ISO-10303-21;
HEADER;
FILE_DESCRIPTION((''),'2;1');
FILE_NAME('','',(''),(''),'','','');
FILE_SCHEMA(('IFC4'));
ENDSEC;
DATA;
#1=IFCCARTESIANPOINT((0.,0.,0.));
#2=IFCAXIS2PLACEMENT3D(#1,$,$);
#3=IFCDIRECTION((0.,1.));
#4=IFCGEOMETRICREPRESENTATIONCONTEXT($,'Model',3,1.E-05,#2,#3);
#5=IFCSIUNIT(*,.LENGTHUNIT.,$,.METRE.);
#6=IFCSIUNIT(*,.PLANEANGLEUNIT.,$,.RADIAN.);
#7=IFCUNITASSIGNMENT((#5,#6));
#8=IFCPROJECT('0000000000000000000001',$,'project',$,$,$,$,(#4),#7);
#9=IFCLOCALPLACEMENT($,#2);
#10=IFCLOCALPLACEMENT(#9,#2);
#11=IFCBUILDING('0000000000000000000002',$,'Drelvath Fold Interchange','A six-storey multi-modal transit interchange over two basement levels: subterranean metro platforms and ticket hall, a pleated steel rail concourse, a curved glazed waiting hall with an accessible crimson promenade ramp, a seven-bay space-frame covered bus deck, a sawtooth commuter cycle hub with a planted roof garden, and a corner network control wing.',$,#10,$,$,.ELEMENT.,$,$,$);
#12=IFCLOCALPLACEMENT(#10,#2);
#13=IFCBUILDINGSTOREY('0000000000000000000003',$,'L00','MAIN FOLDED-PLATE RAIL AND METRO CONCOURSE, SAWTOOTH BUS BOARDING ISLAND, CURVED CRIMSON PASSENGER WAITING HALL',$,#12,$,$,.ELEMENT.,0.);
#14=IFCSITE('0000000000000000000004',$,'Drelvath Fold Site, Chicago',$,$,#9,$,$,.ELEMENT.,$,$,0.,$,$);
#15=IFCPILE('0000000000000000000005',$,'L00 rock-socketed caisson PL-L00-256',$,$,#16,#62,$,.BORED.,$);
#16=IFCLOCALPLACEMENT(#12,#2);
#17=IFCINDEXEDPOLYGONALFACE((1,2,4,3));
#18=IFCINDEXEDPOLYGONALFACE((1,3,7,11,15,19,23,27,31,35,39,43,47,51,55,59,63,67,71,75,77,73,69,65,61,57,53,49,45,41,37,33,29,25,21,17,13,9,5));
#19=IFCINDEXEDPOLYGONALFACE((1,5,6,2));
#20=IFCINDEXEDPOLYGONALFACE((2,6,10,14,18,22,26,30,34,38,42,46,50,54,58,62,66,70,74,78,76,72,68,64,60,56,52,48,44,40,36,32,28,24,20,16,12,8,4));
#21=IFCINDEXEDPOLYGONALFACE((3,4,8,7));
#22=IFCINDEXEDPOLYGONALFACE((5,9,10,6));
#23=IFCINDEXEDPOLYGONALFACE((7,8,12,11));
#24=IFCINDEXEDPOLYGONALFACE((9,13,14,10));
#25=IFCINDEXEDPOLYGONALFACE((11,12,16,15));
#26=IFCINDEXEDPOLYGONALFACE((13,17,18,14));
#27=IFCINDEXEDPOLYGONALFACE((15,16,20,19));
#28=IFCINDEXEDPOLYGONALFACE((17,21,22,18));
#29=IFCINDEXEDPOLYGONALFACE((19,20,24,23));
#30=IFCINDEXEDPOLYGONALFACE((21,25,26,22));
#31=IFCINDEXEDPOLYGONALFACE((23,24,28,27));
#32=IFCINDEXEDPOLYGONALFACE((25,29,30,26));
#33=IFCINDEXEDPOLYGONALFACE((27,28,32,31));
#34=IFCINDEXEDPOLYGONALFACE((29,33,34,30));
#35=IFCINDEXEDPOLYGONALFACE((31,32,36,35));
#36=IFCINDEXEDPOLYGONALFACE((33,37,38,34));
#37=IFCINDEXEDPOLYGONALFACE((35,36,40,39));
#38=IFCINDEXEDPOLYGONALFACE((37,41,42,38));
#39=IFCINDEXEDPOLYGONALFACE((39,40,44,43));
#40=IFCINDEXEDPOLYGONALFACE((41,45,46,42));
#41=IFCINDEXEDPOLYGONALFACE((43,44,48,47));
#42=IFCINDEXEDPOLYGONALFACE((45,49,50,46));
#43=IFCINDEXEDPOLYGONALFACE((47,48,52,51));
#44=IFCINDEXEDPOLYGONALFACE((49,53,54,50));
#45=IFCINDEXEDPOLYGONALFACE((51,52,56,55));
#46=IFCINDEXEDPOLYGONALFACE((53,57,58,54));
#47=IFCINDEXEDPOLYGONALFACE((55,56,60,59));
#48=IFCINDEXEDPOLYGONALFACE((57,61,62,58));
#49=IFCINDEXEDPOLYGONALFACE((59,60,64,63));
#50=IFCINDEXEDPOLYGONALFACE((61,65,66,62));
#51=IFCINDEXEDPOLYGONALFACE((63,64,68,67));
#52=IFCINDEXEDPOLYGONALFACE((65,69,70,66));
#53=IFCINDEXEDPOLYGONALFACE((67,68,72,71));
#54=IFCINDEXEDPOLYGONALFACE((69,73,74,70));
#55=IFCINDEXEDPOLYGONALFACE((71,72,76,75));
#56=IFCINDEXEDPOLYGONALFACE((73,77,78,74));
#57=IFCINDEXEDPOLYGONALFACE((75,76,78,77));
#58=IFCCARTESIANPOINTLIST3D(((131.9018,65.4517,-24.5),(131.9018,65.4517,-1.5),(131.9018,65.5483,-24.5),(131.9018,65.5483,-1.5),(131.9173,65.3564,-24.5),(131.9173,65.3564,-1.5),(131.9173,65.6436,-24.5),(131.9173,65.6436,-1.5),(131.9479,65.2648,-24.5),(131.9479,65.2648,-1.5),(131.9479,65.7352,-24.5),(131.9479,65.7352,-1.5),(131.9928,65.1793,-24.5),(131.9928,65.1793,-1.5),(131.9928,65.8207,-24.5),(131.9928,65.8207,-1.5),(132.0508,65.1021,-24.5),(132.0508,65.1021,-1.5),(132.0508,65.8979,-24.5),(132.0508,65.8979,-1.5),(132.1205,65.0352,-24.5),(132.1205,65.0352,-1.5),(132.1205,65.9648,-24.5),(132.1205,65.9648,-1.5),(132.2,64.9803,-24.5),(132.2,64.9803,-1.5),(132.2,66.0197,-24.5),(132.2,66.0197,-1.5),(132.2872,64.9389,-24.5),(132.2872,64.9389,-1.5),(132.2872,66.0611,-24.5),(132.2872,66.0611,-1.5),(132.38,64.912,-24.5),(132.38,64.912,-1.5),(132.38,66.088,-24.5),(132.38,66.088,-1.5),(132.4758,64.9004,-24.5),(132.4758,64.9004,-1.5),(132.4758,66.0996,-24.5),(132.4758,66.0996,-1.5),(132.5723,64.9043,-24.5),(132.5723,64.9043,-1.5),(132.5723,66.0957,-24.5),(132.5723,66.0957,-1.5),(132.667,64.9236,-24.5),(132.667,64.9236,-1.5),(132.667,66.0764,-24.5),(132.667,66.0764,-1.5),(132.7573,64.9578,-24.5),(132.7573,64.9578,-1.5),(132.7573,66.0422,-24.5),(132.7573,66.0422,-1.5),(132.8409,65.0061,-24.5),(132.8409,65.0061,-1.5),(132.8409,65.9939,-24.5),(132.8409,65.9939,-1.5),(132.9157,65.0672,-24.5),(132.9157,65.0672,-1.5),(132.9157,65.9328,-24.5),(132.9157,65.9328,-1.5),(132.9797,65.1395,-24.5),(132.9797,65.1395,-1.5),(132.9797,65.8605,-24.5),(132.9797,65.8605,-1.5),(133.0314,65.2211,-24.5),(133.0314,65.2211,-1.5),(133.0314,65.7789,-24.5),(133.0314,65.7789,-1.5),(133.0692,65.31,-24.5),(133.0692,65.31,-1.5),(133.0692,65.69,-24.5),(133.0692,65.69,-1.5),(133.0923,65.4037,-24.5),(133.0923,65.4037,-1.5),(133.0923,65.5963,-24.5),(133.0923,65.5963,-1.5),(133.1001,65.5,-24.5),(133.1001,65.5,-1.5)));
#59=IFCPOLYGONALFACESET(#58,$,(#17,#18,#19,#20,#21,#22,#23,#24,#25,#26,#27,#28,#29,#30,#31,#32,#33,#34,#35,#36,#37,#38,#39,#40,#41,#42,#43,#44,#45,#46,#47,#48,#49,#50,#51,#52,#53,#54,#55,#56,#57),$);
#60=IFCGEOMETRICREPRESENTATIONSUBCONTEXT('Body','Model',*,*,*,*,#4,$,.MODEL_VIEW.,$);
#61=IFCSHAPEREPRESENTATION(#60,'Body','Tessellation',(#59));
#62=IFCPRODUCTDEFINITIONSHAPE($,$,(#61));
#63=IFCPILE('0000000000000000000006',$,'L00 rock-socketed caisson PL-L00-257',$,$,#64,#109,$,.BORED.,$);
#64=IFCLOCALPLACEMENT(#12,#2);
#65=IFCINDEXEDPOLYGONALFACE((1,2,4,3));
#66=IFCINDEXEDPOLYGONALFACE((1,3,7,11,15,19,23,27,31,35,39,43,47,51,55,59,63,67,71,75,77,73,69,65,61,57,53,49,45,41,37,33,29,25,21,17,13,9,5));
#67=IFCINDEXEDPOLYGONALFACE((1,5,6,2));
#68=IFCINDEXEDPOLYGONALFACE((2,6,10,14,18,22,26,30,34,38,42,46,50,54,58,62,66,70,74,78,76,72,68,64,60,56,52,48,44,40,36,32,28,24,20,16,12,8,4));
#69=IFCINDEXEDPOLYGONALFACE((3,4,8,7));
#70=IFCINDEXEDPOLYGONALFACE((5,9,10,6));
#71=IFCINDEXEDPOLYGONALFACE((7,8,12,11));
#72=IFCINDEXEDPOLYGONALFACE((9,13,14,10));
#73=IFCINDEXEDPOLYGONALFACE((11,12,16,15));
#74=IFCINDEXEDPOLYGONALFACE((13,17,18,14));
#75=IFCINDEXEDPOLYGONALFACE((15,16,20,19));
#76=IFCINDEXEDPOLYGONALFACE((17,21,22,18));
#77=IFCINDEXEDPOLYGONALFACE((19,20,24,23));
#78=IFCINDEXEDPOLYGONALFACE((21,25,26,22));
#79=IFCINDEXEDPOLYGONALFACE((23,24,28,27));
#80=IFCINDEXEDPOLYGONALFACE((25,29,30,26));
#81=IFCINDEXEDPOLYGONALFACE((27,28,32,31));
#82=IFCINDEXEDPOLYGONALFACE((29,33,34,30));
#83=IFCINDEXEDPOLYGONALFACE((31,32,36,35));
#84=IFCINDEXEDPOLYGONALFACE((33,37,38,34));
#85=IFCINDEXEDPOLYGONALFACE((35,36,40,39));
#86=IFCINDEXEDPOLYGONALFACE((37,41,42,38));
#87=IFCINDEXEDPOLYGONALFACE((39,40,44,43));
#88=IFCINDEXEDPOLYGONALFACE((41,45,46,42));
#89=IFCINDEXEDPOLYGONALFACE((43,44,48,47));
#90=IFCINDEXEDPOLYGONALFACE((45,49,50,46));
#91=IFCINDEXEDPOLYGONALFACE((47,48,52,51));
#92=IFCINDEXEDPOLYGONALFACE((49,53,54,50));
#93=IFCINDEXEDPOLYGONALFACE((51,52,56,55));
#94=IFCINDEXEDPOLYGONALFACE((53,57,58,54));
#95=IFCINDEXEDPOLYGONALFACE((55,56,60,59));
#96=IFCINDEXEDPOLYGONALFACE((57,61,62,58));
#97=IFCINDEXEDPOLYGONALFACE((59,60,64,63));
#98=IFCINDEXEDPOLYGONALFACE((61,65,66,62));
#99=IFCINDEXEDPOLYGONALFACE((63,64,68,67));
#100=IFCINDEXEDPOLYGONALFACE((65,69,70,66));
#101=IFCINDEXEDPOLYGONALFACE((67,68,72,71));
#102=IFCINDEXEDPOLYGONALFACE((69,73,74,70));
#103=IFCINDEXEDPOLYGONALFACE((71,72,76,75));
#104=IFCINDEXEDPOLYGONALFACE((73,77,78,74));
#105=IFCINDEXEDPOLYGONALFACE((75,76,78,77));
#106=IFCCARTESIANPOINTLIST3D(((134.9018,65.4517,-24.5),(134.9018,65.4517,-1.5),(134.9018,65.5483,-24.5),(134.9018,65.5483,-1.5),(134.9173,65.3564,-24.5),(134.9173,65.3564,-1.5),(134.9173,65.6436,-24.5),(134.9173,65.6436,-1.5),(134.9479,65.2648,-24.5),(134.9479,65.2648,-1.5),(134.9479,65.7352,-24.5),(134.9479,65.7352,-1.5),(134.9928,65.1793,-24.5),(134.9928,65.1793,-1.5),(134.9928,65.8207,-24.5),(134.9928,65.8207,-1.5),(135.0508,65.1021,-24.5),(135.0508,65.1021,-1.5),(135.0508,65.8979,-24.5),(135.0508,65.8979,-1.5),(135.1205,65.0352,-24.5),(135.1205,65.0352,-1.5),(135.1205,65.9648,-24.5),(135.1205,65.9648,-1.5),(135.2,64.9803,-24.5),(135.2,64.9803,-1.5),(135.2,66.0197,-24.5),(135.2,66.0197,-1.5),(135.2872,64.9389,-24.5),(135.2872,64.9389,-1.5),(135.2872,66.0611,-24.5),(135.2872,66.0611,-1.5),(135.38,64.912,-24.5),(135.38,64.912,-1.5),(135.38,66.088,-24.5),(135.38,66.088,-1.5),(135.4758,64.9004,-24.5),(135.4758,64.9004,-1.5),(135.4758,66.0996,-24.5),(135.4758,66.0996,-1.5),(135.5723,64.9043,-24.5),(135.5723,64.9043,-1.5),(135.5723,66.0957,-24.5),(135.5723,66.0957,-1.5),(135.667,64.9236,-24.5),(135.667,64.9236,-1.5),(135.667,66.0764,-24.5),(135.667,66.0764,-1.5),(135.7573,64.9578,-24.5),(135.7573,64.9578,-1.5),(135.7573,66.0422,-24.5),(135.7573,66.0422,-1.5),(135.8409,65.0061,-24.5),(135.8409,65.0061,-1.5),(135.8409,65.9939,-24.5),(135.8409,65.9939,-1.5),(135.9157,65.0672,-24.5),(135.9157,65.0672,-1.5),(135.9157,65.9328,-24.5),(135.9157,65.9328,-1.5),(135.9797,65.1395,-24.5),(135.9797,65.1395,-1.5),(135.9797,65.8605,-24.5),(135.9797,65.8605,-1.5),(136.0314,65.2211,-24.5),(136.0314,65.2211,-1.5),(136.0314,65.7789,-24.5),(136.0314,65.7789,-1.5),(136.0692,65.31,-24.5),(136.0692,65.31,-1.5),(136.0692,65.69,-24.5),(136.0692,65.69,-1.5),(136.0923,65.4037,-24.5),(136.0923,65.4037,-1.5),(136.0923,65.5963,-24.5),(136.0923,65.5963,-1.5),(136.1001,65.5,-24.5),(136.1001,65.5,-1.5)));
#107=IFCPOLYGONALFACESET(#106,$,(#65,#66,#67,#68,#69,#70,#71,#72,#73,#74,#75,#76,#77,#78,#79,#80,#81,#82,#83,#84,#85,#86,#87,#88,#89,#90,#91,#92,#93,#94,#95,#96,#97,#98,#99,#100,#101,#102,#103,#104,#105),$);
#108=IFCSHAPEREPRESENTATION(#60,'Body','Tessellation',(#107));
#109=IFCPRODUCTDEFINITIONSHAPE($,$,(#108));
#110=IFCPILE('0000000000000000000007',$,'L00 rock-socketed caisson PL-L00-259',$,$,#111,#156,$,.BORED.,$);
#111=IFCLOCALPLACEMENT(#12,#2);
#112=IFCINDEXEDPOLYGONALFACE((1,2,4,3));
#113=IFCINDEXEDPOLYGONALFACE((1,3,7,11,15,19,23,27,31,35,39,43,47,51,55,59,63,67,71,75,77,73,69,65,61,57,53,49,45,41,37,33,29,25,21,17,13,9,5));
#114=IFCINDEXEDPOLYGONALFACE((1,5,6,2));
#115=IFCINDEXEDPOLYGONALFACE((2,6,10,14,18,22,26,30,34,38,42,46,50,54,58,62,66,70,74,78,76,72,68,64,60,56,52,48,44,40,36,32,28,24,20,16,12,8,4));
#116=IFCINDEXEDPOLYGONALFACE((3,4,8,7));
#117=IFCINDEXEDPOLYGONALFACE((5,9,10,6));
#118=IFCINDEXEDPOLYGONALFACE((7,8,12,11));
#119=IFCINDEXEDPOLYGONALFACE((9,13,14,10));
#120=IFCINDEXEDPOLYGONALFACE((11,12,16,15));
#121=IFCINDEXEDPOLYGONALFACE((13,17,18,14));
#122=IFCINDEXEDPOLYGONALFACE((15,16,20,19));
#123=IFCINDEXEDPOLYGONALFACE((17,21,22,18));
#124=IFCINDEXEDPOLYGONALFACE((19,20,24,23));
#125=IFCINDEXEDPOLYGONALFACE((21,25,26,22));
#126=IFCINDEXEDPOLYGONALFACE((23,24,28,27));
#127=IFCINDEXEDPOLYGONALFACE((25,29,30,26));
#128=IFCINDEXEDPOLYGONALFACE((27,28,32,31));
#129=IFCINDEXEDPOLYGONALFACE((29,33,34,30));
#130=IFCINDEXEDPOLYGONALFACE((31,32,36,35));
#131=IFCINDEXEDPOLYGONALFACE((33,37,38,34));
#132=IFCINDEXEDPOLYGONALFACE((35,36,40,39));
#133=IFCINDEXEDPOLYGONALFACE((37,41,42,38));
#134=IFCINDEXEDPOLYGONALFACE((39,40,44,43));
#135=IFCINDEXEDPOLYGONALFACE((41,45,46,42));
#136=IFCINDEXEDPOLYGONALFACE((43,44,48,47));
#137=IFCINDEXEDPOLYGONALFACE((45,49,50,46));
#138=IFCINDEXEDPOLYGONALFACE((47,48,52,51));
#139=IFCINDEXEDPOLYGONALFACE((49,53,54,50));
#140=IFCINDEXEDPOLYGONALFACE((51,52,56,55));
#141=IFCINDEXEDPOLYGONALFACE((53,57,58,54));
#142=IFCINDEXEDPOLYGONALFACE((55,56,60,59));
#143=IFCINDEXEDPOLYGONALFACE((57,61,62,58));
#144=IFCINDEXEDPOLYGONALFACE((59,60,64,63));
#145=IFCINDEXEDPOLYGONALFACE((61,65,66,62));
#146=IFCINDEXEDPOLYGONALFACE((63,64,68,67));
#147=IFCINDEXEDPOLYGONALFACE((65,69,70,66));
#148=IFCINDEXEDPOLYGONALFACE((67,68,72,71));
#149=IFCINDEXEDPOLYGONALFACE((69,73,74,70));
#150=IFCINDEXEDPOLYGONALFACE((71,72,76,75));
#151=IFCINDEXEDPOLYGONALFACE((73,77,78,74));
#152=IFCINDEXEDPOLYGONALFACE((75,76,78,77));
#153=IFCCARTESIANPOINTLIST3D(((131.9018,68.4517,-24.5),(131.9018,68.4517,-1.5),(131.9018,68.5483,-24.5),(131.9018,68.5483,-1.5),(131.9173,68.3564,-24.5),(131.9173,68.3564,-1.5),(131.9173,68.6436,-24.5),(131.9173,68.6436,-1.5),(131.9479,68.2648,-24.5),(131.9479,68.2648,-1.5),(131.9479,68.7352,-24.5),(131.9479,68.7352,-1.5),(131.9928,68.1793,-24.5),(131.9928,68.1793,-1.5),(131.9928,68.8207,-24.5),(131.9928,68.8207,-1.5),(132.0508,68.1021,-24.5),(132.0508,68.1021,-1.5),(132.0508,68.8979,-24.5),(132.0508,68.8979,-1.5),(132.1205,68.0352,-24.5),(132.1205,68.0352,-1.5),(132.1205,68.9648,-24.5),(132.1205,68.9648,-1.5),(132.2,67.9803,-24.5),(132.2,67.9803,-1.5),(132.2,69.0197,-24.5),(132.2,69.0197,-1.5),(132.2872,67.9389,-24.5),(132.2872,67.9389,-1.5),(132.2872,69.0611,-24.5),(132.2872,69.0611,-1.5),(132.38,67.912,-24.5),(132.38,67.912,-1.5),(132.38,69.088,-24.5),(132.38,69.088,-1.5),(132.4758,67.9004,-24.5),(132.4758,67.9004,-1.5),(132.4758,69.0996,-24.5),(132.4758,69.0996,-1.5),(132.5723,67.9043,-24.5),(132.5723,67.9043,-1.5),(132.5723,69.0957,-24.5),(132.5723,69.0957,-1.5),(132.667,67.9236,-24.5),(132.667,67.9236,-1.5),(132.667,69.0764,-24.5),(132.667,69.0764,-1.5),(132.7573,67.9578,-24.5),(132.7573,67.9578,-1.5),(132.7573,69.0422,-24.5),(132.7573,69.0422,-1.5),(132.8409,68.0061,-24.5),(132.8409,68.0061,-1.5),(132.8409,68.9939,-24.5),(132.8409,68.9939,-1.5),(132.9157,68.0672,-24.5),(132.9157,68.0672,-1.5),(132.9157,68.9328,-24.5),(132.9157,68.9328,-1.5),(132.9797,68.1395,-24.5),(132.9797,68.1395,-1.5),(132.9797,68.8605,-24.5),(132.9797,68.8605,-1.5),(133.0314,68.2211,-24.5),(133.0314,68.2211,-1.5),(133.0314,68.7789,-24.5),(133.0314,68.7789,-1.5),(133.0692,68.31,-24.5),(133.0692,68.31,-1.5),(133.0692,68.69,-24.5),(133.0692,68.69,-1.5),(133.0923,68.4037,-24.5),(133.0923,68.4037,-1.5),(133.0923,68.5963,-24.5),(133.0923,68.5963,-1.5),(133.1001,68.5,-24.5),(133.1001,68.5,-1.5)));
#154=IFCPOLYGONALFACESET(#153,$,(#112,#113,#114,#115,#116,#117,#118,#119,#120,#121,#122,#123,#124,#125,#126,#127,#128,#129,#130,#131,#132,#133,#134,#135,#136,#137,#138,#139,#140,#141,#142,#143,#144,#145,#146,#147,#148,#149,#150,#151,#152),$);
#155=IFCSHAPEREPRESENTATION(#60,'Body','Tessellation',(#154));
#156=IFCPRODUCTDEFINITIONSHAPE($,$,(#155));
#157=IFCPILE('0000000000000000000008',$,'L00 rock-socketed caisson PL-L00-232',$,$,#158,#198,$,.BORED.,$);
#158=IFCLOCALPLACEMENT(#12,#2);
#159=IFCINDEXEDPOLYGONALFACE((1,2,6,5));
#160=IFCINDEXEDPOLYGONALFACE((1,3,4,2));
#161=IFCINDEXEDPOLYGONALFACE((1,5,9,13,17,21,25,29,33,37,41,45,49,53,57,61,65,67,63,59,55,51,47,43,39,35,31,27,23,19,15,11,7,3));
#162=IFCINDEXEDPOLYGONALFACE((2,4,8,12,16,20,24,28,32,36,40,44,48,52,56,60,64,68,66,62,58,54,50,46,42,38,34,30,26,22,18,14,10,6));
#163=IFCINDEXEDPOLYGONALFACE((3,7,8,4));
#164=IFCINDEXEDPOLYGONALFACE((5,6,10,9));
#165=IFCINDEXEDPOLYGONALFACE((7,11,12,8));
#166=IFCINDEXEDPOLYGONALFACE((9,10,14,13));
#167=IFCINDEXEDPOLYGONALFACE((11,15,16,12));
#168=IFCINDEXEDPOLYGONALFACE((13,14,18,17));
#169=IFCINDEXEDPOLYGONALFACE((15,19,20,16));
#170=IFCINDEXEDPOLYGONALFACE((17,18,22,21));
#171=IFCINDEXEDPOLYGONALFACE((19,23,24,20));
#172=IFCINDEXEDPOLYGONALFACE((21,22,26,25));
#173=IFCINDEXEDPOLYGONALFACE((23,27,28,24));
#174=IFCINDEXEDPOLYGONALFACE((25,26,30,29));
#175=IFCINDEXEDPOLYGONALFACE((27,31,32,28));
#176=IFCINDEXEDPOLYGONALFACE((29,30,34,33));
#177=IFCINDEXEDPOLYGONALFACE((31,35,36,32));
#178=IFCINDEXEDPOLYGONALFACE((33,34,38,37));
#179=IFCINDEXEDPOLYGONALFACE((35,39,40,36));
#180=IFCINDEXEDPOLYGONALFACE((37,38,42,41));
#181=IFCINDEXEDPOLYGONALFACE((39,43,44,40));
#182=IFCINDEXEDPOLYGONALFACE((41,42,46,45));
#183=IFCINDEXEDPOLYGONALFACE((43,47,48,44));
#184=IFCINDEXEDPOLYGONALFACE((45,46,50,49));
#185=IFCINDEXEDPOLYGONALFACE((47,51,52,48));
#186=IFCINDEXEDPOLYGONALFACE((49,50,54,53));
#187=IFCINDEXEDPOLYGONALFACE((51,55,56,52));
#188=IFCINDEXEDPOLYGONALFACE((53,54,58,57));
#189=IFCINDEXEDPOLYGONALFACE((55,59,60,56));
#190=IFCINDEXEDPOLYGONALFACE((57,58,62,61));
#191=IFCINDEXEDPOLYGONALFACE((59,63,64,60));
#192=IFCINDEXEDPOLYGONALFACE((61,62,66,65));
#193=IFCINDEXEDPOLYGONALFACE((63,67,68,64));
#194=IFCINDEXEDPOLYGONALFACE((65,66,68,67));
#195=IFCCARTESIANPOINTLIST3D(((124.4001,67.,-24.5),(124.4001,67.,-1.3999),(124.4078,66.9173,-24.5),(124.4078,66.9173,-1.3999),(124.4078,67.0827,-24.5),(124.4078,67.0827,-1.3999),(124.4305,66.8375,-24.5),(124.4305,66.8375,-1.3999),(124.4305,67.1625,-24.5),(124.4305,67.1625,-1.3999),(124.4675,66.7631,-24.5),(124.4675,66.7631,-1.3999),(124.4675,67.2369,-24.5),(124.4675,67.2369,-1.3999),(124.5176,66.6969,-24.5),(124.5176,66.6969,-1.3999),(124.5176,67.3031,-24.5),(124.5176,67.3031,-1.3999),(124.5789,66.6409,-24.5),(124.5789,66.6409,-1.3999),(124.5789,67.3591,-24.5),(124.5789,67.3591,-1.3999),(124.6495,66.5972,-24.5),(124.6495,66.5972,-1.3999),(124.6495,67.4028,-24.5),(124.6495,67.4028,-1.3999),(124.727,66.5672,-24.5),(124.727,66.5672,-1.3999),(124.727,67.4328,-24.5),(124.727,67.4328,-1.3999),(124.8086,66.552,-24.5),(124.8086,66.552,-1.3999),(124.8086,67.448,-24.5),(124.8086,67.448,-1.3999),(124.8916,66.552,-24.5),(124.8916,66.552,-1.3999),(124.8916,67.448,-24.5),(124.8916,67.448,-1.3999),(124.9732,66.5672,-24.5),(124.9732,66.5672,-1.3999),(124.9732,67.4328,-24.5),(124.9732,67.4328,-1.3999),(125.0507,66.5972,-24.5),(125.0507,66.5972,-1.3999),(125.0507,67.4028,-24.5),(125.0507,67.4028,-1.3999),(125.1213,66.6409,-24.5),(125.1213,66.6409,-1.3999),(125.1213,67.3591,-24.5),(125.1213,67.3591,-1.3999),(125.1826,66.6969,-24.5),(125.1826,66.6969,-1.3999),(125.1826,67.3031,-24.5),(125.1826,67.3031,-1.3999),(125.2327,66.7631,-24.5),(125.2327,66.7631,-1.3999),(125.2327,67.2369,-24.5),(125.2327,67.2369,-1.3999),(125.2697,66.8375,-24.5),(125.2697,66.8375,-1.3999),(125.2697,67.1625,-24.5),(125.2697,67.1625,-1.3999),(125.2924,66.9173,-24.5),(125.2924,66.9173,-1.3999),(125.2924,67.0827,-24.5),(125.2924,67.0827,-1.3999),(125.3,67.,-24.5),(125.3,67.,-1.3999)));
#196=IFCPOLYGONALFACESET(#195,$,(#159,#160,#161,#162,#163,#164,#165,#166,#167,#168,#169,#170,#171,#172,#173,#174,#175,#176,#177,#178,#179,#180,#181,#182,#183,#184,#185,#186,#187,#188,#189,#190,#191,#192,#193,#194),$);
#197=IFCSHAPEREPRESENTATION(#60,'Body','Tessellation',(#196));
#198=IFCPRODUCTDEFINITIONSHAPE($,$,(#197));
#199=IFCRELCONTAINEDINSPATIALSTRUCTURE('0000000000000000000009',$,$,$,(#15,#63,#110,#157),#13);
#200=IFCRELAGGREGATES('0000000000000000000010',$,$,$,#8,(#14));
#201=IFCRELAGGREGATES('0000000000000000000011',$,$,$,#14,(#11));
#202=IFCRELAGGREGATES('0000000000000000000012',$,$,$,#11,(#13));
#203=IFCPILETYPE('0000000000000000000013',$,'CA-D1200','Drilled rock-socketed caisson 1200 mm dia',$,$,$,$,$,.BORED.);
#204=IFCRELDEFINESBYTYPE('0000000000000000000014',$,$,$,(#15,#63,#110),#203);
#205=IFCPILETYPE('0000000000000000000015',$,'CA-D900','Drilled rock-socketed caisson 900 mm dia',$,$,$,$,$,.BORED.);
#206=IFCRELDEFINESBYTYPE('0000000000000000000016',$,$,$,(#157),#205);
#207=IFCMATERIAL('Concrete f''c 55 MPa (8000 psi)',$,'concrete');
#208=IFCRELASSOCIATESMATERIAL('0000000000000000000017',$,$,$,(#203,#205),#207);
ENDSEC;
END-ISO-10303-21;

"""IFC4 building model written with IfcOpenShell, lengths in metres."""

from ifc_helpers import new_model, si_unit, direction, frame, origin, origin_2d, place, context, subcontext, project, spatial, circle, extrude, material, material_profile, profile_set, type_object, element, save


model = new_model("IFC4")

# Units and contexts
model_context = context("Model", 3, precision=1e-05, world=origin(), true_north=direction((0.0, 1.0)))
body_context = subcontext(model_context, "Body", "Model", "MODEL_VIEW")
ifc_project = project(units=[si_unit("LENGTHUNIT", "METRE"), si_unit("PLANEANGLEUNIT", "RADIAN")], contexts=[model_context])

# Site, building, storey
site_placement = place(None, origin())
site = spatial("IfcSite", under=ifc_project, at=site_placement, Name="Drelvath Fold Site, Chicago", CompositionType="ELEMENT", RefElevation=0.0)
building_placement = place(site_placement, origin())
building = spatial("IfcBuilding", under=site, at=building_placement, Name="Drelvath Fold Interchange", Description="A six-storey multi-modal transit interchange over two basement levels: subterranean metro platforms and ticket hall, a pleated steel rail concourse, a curved glazed waiting hall with an accessible crimson promenade ramp, a seven-bay space-frame covered bus deck, a sawtooth commuter cycle hub with a planted roof garden, and a corner network control wing.", CompositionType="ELEMENT")
storey_placement = place(building_placement, origin())
storey = spatial("IfcBuildingStorey", under=building, at=storey_placement, Name="L00", Description="MAIN FOLDED-PLATE RAIL AND METRO CONCOURSE, SAWTOOTH BUS BOARDING ISLAND, CURVED CRIMSON PASSENGER WAITING HALL", CompositionType="ELEMENT", Elevation=0.0)

# Piles
ifc_material_1 = material(Name="Concrete f'c 55 MPa (8000 psi)", Category="concrete")
ifc_material_profile_1 = material_profile(ifc_material_1, circle(Radius=0.6001, at=origin_2d()), Name="CAISSON D1200")
ifc_profile_set_1 = profile_set([ifc_material_profile_1], Name="Concrete f'c 55 MPa (8000 psi)")
pile_type_1 = type_object("IfcPileType", Name="CA-D1200", Description="Drilled rock-socketed caisson 1200 mm dia", PredefinedType="BORED", material=ifc_profile_set_1)
for number, where, z_axis, x_axis, name in (
    (1, (132.5, 65.5, -1.5), (0.0, 0.0, -1.0), (1.0, 0.0, 0.0), "L00 rock-socketed caisson PL-L00-256"),
    (2, (135.5, 65.5, -1.5), (0.0, 0.0, -1.0), (1.0, 0.0, 0.0), "L00 rock-socketed caisson PL-L00-257"),
    (3, (132.5, 68.5, -1.5), (0.0, 0.0, -1.0), (1.0, 0.0, 0.0), "L00 rock-socketed caisson PL-L00-259"),
):
    element("IfcPile", number, at=place(storey_placement, frame(where, z_axis=z_axis, x_axis=x_axis)), inside=storey, type_object=pile_type_1, Name=name, PredefinedType="BORED", context=body_context, shape_type="SweptSolid", body=[
        extrude(circle(Radius=0.6001, at=origin_2d()), origin(), (0.0, 0.0, 1.0), 23.0),
    ])
ifc_material_profile_2 = material_profile(ifc_material_1, circle(Radius=0.45, at=origin_2d()), Name="CAISSON D900")
ifc_profile_set_2 = profile_set([ifc_material_profile_2], Name="Concrete f'c 55 MPa (8000 psi)")
pile_type_2 = type_object("IfcPileType", Name="CA-D900", Description="Drilled rock-socketed caisson 900 mm dia", PredefinedType="BORED", material=ifc_profile_set_2)
for number, where, z_axis, x_axis, name in (
    (4, (124.8501, 67.0, -1.3999), (0.0, 0.0, -1.0), (1.0, 0.0, 0.0), "L00 rock-socketed caisson PL-L00-232"),
):
    element("IfcPile", number, at=place(storey_placement, frame(where, z_axis=z_axis, x_axis=x_axis)), inside=storey, type_object=pile_type_2, Name=name, PredefinedType="BORED", context=body_context, shape_type="SweptSolid", body=[
        extrude(circle(Radius=0.45, at=origin_2d()), origin(), (0.0, 0.0, 1.0), 23.1001),
    ])

save(model, "model.ifc")
